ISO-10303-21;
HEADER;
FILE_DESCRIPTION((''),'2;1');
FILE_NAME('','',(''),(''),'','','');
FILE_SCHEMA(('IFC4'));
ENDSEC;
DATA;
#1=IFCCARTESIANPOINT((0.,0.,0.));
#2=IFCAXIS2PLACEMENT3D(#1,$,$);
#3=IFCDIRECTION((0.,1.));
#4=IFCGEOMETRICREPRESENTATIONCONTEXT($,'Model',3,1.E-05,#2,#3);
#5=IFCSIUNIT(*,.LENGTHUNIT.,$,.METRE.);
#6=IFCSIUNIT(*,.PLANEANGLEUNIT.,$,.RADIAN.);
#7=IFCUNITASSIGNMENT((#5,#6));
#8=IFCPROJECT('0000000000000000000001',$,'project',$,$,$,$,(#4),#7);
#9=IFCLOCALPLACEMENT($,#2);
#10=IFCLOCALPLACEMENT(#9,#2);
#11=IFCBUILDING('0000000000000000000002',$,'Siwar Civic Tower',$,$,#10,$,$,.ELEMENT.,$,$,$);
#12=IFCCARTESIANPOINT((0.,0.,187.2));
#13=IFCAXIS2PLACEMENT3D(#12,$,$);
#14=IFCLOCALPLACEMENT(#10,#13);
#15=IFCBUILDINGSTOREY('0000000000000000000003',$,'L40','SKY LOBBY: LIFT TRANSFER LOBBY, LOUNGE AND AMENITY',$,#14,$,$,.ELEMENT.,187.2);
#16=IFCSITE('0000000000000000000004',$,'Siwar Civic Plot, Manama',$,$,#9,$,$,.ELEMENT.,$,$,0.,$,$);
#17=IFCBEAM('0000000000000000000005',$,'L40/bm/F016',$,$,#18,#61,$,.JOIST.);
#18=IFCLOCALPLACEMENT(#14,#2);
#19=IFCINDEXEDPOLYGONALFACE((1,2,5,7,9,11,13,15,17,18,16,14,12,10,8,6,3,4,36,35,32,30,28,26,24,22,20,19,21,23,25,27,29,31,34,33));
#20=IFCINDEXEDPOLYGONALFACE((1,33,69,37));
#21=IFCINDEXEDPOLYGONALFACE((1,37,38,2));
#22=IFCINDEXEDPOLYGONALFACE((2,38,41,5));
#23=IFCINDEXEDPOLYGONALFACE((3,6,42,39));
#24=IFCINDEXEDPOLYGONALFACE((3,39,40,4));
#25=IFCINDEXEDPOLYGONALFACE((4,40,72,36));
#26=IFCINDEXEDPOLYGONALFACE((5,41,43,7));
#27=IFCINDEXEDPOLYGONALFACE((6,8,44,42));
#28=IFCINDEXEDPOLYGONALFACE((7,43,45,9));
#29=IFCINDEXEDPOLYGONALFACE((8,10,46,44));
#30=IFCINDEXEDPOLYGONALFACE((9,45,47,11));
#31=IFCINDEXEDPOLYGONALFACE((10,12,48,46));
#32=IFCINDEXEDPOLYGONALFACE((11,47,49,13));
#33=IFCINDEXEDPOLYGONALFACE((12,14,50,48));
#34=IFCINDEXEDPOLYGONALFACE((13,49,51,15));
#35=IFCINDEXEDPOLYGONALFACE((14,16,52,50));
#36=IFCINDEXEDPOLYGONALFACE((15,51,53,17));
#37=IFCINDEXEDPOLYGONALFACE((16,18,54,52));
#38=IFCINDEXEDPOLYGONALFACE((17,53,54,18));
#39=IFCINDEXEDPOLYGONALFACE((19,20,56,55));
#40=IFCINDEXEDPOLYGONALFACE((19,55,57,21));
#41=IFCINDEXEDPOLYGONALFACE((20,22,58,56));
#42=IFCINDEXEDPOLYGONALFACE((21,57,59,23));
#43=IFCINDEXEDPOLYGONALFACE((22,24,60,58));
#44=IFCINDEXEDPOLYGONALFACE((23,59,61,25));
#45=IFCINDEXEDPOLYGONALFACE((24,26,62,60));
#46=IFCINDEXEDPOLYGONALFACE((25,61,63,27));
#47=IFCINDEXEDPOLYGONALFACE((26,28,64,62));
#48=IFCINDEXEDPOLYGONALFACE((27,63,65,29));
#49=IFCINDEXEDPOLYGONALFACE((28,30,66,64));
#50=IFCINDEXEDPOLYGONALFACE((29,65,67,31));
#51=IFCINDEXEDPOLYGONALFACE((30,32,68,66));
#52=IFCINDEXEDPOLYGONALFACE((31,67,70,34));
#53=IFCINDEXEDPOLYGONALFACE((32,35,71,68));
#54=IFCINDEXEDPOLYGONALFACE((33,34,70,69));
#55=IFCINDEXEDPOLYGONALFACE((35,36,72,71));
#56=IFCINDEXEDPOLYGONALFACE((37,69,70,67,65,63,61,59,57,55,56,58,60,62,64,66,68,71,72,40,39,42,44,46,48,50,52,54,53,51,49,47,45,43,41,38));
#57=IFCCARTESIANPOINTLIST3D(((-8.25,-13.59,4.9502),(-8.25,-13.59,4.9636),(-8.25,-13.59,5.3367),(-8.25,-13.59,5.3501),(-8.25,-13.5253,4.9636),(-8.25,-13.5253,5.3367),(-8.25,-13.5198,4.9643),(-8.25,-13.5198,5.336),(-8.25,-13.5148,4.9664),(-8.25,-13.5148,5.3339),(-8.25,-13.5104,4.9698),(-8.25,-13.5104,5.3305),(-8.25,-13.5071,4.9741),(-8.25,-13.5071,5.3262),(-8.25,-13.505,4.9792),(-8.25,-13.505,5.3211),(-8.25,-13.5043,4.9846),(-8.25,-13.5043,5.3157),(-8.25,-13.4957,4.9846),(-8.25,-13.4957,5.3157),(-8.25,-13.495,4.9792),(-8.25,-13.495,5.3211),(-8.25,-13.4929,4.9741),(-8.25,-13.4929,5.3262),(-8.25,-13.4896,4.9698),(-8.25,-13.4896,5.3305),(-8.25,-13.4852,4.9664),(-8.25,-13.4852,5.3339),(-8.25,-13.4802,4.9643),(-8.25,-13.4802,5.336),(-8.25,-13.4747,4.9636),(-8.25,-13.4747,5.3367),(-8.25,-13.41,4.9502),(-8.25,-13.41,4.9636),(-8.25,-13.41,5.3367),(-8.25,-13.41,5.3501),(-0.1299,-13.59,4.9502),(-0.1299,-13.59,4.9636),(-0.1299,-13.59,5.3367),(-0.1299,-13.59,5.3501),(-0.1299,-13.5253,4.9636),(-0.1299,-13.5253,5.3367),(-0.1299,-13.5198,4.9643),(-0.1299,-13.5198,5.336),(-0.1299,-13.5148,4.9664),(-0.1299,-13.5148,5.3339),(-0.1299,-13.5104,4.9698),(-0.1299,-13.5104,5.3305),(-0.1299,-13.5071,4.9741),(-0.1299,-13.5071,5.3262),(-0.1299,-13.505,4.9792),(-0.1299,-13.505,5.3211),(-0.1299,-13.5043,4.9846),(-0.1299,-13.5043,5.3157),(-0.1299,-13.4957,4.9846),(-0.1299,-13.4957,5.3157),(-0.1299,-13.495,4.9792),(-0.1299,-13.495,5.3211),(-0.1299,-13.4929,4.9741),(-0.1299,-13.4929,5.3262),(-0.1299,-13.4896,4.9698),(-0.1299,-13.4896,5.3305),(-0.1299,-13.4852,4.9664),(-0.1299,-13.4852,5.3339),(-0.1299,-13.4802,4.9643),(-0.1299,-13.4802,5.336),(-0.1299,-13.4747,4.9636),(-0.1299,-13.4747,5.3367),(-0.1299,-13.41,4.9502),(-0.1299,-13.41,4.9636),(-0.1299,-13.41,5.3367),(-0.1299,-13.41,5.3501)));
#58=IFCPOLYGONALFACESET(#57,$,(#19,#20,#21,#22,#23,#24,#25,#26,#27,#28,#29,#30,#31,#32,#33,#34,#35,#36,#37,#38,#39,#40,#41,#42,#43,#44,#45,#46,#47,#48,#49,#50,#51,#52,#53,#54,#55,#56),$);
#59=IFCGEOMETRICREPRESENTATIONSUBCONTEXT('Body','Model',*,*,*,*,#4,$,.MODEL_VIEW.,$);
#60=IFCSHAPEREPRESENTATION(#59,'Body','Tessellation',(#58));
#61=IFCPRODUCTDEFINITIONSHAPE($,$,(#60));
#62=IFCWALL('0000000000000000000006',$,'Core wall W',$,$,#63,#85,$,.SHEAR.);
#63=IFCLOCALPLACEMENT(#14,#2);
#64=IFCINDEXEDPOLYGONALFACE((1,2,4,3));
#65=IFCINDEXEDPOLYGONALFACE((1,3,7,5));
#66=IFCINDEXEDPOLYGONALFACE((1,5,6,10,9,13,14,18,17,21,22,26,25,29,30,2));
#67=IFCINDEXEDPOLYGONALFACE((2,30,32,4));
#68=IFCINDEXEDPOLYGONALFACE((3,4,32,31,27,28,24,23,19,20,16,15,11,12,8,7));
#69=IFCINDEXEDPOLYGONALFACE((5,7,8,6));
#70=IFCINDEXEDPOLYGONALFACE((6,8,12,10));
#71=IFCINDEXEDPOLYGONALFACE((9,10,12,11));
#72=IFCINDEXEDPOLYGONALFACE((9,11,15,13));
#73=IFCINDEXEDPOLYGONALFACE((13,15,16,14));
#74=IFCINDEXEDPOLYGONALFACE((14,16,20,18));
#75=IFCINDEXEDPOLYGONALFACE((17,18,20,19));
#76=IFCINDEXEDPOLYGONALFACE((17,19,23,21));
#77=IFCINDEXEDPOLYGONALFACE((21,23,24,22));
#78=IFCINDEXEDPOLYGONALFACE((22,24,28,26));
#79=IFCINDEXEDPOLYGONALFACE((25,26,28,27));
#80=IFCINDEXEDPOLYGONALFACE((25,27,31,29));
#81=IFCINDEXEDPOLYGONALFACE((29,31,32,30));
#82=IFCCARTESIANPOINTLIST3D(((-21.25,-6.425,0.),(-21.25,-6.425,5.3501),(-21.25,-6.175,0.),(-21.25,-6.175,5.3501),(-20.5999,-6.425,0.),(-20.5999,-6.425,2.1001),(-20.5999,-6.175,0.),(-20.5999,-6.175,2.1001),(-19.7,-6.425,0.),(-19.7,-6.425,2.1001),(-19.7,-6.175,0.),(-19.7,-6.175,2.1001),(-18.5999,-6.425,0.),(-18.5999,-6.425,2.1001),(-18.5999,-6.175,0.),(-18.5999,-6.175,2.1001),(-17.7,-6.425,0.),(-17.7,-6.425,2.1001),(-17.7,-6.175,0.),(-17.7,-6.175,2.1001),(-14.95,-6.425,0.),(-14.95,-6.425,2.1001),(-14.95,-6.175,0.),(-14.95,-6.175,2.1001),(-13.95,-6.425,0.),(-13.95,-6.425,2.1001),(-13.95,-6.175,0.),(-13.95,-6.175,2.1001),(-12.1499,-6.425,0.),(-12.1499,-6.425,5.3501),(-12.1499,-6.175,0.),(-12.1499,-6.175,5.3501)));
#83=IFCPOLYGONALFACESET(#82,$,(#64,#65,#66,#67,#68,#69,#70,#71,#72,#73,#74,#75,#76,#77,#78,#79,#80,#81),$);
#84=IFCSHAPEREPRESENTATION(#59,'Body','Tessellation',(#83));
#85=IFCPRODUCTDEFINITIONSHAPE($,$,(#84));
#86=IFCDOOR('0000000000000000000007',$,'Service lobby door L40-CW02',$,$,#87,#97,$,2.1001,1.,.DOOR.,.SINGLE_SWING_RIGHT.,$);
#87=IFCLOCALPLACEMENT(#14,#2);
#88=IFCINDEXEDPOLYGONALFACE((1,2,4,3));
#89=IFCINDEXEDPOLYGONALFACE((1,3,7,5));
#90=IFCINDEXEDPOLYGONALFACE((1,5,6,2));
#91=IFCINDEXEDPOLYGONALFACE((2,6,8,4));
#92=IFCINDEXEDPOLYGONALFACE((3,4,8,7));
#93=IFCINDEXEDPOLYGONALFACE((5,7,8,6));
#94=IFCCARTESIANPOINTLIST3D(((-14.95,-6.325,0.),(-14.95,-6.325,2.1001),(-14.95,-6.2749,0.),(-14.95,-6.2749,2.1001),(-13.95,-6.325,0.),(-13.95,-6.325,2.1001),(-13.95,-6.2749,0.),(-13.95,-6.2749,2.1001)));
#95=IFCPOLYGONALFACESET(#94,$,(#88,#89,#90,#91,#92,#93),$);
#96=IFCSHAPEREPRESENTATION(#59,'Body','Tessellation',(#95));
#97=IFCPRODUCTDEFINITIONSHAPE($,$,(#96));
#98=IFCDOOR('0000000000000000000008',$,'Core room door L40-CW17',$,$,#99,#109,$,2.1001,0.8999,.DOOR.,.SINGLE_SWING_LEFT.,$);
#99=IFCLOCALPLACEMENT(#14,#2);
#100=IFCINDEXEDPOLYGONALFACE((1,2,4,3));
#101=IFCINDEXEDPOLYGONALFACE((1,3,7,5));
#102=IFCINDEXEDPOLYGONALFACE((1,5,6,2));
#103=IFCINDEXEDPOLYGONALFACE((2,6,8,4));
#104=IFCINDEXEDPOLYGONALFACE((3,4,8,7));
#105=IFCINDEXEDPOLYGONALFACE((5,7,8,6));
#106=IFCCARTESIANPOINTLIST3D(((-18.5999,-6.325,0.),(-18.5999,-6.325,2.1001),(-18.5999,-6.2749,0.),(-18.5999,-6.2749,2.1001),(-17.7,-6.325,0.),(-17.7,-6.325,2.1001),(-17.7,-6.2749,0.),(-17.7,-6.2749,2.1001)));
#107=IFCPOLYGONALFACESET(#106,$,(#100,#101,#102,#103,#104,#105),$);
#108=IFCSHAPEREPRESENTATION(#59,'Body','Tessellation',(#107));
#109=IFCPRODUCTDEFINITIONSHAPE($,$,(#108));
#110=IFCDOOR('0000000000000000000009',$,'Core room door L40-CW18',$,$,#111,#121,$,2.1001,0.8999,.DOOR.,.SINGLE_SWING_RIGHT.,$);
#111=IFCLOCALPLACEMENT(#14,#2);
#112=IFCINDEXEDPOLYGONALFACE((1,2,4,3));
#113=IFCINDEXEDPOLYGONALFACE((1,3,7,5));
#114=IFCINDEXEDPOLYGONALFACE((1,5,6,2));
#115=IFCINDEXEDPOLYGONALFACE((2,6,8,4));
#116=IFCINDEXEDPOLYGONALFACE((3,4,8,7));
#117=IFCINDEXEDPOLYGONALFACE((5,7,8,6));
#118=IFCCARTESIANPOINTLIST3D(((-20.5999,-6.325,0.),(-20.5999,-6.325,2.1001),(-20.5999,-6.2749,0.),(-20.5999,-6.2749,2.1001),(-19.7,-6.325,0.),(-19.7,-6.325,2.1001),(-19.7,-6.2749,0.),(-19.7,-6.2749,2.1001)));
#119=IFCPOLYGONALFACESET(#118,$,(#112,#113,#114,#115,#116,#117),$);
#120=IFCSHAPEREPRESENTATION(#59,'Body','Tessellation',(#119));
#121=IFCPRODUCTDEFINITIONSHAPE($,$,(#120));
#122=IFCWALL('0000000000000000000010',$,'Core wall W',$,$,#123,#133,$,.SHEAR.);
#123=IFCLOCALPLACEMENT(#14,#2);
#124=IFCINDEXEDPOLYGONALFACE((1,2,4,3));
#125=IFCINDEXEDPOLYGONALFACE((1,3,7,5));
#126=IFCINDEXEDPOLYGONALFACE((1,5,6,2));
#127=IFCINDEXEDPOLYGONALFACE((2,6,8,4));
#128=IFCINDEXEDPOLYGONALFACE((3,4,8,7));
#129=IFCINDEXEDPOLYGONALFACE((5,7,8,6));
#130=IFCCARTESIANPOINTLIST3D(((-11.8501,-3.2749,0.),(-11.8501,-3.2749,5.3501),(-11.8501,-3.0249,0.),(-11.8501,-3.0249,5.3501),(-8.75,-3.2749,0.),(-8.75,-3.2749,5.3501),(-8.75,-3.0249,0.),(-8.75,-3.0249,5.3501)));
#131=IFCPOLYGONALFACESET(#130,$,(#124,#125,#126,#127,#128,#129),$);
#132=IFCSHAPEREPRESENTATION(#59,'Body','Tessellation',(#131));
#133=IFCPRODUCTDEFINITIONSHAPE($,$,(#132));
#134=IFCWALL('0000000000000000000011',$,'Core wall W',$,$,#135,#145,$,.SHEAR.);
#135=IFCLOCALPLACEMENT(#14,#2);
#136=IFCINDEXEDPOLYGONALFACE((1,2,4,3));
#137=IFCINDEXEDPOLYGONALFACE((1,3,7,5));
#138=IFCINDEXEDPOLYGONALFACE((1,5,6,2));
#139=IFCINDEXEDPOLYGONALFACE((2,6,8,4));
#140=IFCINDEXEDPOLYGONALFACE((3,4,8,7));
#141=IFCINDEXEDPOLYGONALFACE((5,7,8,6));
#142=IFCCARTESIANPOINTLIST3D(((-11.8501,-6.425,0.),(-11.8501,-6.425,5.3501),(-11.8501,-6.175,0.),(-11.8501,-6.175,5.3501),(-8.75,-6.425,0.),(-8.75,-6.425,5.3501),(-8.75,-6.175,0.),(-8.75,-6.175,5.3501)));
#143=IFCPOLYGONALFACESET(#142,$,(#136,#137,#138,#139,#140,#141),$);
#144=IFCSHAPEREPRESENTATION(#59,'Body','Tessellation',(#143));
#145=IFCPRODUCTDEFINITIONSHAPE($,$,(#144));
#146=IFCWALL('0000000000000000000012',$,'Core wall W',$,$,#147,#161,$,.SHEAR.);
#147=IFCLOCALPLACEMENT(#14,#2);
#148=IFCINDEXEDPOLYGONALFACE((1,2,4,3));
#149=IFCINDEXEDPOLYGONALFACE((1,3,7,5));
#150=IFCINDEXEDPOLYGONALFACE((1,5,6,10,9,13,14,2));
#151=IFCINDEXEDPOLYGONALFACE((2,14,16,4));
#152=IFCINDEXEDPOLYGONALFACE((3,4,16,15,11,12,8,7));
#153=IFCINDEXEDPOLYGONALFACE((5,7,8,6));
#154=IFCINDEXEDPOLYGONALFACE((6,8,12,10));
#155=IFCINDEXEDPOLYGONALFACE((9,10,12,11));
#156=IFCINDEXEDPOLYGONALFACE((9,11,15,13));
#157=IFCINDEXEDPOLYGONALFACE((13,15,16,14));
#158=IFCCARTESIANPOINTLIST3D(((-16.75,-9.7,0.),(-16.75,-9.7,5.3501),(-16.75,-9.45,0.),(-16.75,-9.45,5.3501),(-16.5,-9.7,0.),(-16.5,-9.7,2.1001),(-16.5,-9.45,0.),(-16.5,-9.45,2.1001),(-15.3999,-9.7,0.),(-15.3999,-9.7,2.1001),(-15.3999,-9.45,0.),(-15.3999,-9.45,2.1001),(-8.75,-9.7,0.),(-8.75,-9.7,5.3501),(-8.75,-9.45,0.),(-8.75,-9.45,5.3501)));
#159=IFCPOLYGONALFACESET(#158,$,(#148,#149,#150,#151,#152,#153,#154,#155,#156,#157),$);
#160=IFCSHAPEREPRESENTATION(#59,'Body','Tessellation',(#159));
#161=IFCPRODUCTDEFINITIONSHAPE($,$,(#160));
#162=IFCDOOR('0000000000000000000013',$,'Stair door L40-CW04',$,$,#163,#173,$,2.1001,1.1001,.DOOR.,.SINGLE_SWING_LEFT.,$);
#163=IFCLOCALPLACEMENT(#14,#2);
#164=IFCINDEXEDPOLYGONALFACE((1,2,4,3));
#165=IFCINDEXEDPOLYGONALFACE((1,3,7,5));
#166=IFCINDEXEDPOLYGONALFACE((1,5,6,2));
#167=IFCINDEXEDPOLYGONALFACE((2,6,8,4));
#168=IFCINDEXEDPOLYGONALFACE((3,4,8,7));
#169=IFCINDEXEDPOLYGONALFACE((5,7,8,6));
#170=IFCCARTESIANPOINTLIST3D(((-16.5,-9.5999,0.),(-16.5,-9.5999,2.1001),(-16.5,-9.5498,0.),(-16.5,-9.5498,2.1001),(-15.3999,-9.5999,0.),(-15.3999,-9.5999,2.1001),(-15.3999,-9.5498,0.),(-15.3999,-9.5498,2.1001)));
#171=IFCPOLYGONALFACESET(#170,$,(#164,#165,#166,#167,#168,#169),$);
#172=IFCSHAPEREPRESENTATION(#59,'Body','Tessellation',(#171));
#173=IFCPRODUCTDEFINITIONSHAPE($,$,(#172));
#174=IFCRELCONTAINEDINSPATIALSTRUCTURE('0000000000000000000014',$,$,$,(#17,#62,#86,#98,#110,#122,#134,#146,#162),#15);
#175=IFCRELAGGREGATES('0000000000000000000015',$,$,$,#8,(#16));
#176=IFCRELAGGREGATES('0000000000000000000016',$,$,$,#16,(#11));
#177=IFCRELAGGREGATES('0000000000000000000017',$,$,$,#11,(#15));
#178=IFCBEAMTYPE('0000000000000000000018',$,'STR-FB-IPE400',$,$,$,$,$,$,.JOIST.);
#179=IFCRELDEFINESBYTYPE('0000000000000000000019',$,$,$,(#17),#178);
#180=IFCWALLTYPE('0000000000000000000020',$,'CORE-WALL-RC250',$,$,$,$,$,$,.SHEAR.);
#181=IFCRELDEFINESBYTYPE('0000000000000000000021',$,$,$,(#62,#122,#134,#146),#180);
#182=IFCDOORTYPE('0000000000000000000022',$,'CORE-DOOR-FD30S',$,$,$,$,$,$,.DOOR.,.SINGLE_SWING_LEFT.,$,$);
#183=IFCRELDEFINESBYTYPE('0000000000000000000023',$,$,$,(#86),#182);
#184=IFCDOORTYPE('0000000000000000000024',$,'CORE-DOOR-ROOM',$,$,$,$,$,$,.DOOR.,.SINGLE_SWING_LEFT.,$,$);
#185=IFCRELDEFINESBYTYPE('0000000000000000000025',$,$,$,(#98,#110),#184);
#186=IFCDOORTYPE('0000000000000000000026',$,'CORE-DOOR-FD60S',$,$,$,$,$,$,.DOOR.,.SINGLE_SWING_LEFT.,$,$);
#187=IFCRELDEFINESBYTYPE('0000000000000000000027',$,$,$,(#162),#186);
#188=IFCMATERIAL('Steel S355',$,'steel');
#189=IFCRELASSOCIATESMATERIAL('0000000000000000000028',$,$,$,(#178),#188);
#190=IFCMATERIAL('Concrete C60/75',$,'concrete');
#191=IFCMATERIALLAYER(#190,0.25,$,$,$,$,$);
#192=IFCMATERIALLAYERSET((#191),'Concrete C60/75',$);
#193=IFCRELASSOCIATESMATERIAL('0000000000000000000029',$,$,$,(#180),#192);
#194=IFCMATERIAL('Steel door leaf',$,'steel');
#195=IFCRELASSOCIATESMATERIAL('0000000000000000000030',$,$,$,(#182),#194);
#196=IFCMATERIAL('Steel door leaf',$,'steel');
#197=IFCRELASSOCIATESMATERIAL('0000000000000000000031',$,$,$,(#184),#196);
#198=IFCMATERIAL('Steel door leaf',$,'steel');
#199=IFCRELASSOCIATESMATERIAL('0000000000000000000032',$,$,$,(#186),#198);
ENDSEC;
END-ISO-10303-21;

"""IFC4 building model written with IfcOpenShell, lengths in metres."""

from ifc_helpers import new_model, si_unit, direction, frame, frame_2d, origin, origin_2d, place, context, subcontext, project, spatial, rectangle, i_section, extrude, material, layer, layer_set, material_profile, profile_set, type_object, element, fill, save


model = new_model("IFC4")

# Units and contexts
model_context = context("Model", 3, precision=1e-05, world=origin(), true_north=direction((0.0, 1.0)))
body_context = subcontext(model_context, "Body", "Model", "MODEL_VIEW")
ifc_project = project(units=[si_unit("LENGTHUNIT", "METRE"), si_unit("PLANEANGLEUNIT", "RADIAN")], contexts=[model_context])

# Site, building, storey
site_placement = place(None, origin())
site = spatial("IfcSite", under=ifc_project, at=site_placement, Name="Siwar Civic Plot, Manama", CompositionType="ELEMENT", RefElevation=0.0)
building_placement = place(site_placement, origin())
building = spatial("IfcBuilding", under=site, at=building_placement, Name="Siwar Civic Tower", CompositionType="ELEMENT")
storey_placement = place(building_placement, frame((0.0, 0.0, 187.2)))
storey = spatial("IfcBuildingStorey", under=building, at=storey_placement, Name="L40", Description="SKY LOBBY: LIFT TRANSFER LOBBY, LOUNGE AND AMENITY", CompositionType="ELEMENT", Elevation=187.2)

# Beam
ifc_material_1 = material(Name="Steel S355", Category="steel")
ifc_material_profile = material_profile(ifc_material_1, i_section(OverallWidth=0.1799, OverallDepth=0.3999, WebThickness=0.0085, FlangeThickness=0.0134, FilletRadius=0.021, at=origin_2d()), Name="IPE400")
ifc_profile_set = profile_set([ifc_material_profile], Name="Steel S355")
beam_type = type_object("IfcBeamType", Name="STR-FB-IPE400", PredefinedType="JOIST", material=ifc_profile_set)
beam_placement = place(storey_placement, frame((-8.25, -13.5, 5.1501), z_axis=(1.0, 0.0, 0.0), x_axis=(0.0, 1.0, 0.0)))
element("IfcBeam", 1, at=beam_placement, inside=storey, type_object=beam_type, Name="L40/bm/F016", PredefinedType="JOIST", context=body_context, shape_type="SweptSolid", body=[
    extrude(i_section(OverallWidth=0.1799, OverallDepth=0.3999, WebThickness=0.0085, FlangeThickness=0.0134, FilletRadius=0.021, at=origin_2d()), origin(), (0.0, 0.0, 1.0), 8.1201),
])

# Wall, openings, doors
ifc_material_2 = material(Name="Concrete C60/75", Category="concrete")
ifc_layer_1 = layer(ifc_material_2, 0.25)
ifc_layer_set_1 = layer_set([ifc_layer_1], Name="Concrete C60/75")
wall_type_1 = type_object("IfcWallType", Name="CORE-WALL-RC250", PredefinedType="SHEAR", material=ifc_layer_set_1)
wall_1_placement = place(storey_placement, frame((-12.1499, -6.3, 0.0), z_axis=(0.0, 0.0, 1.0), x_axis=(-1.0, 0.0, 0.0)))
wall_1 = element("IfcWall", 2, at=wall_1_placement, inside=storey, type_object=wall_type_1, Name="Core wall W", PredefinedType="SHEAR", context=body_context, shape_type="SweptSolid", body=[
    extrude(rectangle(XDim=9.1001, YDim=0.25, at=frame_2d((4.55, 0.0))), origin(), (0.0, 0.0, 1.0), 5.3501),
])
opening_1_placement = place(wall_1_placement, frame((1.8, 0.0, 0.0)))
opening_1 = element("IfcOpeningElement", 3, at=opening_1_placement, cuts=wall_1, PredefinedType="OPENING", context=body_context, shape_type="SweptSolid", body=[
    extrude(rectangle(XDim=1.0, YDim=2.1001, at=frame_2d((0.5, 1.05))), frame((0.0, 0.135, 0.0), z_axis=(0.0, -1.0, 0.0), x_axis=(1.0, 0.0, 0.0)), (0.0, 0.0, 1.0), 0.27),
])
opening_2_placement = place(wall_1_placement, frame((5.55, 0.0, 0.0)))
opening_2 = element("IfcOpeningElement", 4, at=opening_2_placement, cuts=wall_1, PredefinedType="OPENING", context=body_context, shape_type="SweptSolid", body=[
    extrude(rectangle(XDim=0.8999, YDim=2.1001, at=frame_2d((0.45, 1.05))), frame((0.0, 0.135, 0.0), z_axis=(0.0, -1.0, 0.0), x_axis=(1.0, 0.0, 0.0)), (0.0, 0.0, 1.0), 0.27),
])
opening_3_placement = place(wall_1_placement, frame((7.55, 0.0, 0.0)))
opening_3 = element("IfcOpeningElement", 5, at=opening_3_placement, cuts=wall_1, PredefinedType="OPENING", context=body_context, shape_type="SweptSolid", body=[
    extrude(rectangle(XDim=0.8999, YDim=2.1001, at=frame_2d((0.45, 1.05))), frame((0.0, 0.135, 0.0), z_axis=(0.0, -1.0, 0.0), x_axis=(1.0, 0.0, 0.0)), (0.0, 0.0, 1.0), 0.27),
])
ifc_material_3 = material(Name="Steel door leaf", Category="steel")
door_type_1 = type_object("IfcDoorType", Name="CORE-DOOR-FD30S", OperationType="SINGLE_SWING_LEFT", PredefinedType="DOOR", material=ifc_material_3)
door_1_placement = place(opening_1_placement, origin())
door_1 = element("IfcDoor", 6, at=door_1_placement, inside=storey, type_object=door_type_1, Name="Service lobby door L40-CW02", OperationType="SINGLE_SWING_RIGHT", OverallHeight=2.1001, OverallWidth=1.0, PredefinedType="DOOR", context=body_context, shape_type="SweptSolid", body=[
    extrude(rectangle(XDim=1.0, YDim=2.1001, at=frame_2d((0.5, 1.05))), frame((0.0, 0.0249, 0.0), z_axis=(0.0, -1.0, 0.0), x_axis=(1.0, 0.0, 0.0)), (0.0, 0.0, 1.0), 0.05),
])
fill(opening_1, door_1)
ifc_material_4 = material(Name="Steel door leaf", Category="steel")
door_type_2 = type_object("IfcDoorType", Name="CORE-DOOR-ROOM", OperationType="SINGLE_SWING_LEFT", PredefinedType="DOOR", material=ifc_material_4)
door_2_placement = place(opening_2_placement, origin())
door_2 = element("IfcDoor", 7, at=door_2_placement, inside=storey, type_object=door_type_2, Name="Core room door L40-CW17", OperationType="SINGLE_SWING_LEFT", OverallHeight=2.1001, OverallWidth=0.8999, PredefinedType="DOOR", context=body_context, shape_type="SweptSolid", body=[
    extrude(rectangle(XDim=0.8999, YDim=2.1001, at=frame_2d((0.45, 1.05))), frame((0.0, 0.0249, 0.0), z_axis=(0.0, -1.0, 0.0), x_axis=(1.0, 0.0, 0.0)), (0.0, 0.0, 1.0), 0.05),
])
fill(opening_2, door_2)
door_3_placement = place(opening_3_placement, origin())
door_3 = element("IfcDoor", 8, at=door_3_placement, inside=storey, type_object=door_type_2, Name="Core room door L40-CW18", OperationType="SINGLE_SWING_RIGHT", OverallHeight=2.1001, OverallWidth=0.8999, PredefinedType="DOOR", context=body_context, shape_type="SweptSolid", body=[
    extrude(rectangle(XDim=0.8999, YDim=2.1001, at=frame_2d((0.45, 1.05))), frame((0.0, 0.0249, 0.0), z_axis=(0.0, -1.0, 0.0), x_axis=(1.0, 0.0, 0.0)), (0.0, 0.0, 1.0), 0.05),
])
fill(opening_3, door_3)

# Walls
for number, where, z_axis, x_axis, name in (
    (9, (-8.75, -3.1499, 0.0), (0.0, 0.0, 1.0), (-1.0, 0.0, 0.0), "Core wall W"),
    (10, (-8.75, -6.3, 0.0), (0.0, 0.0, 1.0), (-1.0, 0.0, 0.0), "Core wall W"),
):
    element("IfcWall", number, at=place(storey_placement, frame(where, z_axis=z_axis, x_axis=x_axis)), inside=storey, type_object=wall_type_1, Name=name, PredefinedType="SHEAR", context=body_context, shape_type="SweptSolid", body=[
        extrude(rectangle(XDim=3.1001, YDim=0.25, at=frame_2d((1.55, 0.0))), origin(), (0.0, 0.0, 1.0), 5.3501),
    ])

# Wall, opening, door
wall_2_placement = place(storey_placement, frame((-8.75, -9.575, 0.0), z_axis=(0.0, 0.0, 1.0), x_axis=(-1.0, 0.0, 0.0)))
wall_2 = element("IfcWall", 11, at=wall_2_placement, inside=storey, type_object=wall_type_1, Name="Core wall W", PredefinedType="SHEAR", context=body_context, shape_type="SweptSolid", body=[
    extrude(rectangle(XDim=8.0, YDim=0.25, at=frame_2d((4.0, 0.0))), origin(), (0.0, 0.0, 1.0), 5.3501),
])
opening_4_placement = place(wall_2_placement, frame((6.6499, 0.0, 0.0)))
opening_4 = element("IfcOpeningElement", 12, at=opening_4_placement, cuts=wall_2, PredefinedType="OPENING", context=body_context, shape_type="SweptSolid", body=[
    extrude(rectangle(XDim=1.1001, YDim=2.1001, at=frame_2d((0.55, 1.05))), frame((0.0, 0.135, 0.0), z_axis=(0.0, -1.0, 0.0), x_axis=(1.0, 0.0, 0.0)), (0.0, 0.0, 1.0), 0.27),
])
ifc_material_5 = material(Name="Steel door leaf", Category="steel")
door_type_3 = type_object("IfcDoorType", Name="CORE-DOOR-FD60S", OperationType="SINGLE_SWING_LEFT", PredefinedType="DOOR", material=ifc_material_5)
door_4_placement = place(opening_4_placement, origin())
door_4 = element("IfcDoor", 13, at=door_4_placement, inside=storey, type_object=door_type_3, Name="Stair door L40-CW04", OperationType="SINGLE_SWING_LEFT", OverallHeight=2.1001, OverallWidth=1.1001, PredefinedType="DOOR", context=body_context, shape_type="SweptSolid", body=[
    extrude(rectangle(XDim=1.1001, YDim=2.1001, at=frame_2d((0.55, 1.05))), frame((0.0, 0.0249, 0.0), z_axis=(0.0, -1.0, 0.0), x_axis=(1.0, 0.0, 0.0)), (0.0, 0.0, 1.0), 0.05),
])
fill(opening_4, door_4)

save(model, "model.ifc")
